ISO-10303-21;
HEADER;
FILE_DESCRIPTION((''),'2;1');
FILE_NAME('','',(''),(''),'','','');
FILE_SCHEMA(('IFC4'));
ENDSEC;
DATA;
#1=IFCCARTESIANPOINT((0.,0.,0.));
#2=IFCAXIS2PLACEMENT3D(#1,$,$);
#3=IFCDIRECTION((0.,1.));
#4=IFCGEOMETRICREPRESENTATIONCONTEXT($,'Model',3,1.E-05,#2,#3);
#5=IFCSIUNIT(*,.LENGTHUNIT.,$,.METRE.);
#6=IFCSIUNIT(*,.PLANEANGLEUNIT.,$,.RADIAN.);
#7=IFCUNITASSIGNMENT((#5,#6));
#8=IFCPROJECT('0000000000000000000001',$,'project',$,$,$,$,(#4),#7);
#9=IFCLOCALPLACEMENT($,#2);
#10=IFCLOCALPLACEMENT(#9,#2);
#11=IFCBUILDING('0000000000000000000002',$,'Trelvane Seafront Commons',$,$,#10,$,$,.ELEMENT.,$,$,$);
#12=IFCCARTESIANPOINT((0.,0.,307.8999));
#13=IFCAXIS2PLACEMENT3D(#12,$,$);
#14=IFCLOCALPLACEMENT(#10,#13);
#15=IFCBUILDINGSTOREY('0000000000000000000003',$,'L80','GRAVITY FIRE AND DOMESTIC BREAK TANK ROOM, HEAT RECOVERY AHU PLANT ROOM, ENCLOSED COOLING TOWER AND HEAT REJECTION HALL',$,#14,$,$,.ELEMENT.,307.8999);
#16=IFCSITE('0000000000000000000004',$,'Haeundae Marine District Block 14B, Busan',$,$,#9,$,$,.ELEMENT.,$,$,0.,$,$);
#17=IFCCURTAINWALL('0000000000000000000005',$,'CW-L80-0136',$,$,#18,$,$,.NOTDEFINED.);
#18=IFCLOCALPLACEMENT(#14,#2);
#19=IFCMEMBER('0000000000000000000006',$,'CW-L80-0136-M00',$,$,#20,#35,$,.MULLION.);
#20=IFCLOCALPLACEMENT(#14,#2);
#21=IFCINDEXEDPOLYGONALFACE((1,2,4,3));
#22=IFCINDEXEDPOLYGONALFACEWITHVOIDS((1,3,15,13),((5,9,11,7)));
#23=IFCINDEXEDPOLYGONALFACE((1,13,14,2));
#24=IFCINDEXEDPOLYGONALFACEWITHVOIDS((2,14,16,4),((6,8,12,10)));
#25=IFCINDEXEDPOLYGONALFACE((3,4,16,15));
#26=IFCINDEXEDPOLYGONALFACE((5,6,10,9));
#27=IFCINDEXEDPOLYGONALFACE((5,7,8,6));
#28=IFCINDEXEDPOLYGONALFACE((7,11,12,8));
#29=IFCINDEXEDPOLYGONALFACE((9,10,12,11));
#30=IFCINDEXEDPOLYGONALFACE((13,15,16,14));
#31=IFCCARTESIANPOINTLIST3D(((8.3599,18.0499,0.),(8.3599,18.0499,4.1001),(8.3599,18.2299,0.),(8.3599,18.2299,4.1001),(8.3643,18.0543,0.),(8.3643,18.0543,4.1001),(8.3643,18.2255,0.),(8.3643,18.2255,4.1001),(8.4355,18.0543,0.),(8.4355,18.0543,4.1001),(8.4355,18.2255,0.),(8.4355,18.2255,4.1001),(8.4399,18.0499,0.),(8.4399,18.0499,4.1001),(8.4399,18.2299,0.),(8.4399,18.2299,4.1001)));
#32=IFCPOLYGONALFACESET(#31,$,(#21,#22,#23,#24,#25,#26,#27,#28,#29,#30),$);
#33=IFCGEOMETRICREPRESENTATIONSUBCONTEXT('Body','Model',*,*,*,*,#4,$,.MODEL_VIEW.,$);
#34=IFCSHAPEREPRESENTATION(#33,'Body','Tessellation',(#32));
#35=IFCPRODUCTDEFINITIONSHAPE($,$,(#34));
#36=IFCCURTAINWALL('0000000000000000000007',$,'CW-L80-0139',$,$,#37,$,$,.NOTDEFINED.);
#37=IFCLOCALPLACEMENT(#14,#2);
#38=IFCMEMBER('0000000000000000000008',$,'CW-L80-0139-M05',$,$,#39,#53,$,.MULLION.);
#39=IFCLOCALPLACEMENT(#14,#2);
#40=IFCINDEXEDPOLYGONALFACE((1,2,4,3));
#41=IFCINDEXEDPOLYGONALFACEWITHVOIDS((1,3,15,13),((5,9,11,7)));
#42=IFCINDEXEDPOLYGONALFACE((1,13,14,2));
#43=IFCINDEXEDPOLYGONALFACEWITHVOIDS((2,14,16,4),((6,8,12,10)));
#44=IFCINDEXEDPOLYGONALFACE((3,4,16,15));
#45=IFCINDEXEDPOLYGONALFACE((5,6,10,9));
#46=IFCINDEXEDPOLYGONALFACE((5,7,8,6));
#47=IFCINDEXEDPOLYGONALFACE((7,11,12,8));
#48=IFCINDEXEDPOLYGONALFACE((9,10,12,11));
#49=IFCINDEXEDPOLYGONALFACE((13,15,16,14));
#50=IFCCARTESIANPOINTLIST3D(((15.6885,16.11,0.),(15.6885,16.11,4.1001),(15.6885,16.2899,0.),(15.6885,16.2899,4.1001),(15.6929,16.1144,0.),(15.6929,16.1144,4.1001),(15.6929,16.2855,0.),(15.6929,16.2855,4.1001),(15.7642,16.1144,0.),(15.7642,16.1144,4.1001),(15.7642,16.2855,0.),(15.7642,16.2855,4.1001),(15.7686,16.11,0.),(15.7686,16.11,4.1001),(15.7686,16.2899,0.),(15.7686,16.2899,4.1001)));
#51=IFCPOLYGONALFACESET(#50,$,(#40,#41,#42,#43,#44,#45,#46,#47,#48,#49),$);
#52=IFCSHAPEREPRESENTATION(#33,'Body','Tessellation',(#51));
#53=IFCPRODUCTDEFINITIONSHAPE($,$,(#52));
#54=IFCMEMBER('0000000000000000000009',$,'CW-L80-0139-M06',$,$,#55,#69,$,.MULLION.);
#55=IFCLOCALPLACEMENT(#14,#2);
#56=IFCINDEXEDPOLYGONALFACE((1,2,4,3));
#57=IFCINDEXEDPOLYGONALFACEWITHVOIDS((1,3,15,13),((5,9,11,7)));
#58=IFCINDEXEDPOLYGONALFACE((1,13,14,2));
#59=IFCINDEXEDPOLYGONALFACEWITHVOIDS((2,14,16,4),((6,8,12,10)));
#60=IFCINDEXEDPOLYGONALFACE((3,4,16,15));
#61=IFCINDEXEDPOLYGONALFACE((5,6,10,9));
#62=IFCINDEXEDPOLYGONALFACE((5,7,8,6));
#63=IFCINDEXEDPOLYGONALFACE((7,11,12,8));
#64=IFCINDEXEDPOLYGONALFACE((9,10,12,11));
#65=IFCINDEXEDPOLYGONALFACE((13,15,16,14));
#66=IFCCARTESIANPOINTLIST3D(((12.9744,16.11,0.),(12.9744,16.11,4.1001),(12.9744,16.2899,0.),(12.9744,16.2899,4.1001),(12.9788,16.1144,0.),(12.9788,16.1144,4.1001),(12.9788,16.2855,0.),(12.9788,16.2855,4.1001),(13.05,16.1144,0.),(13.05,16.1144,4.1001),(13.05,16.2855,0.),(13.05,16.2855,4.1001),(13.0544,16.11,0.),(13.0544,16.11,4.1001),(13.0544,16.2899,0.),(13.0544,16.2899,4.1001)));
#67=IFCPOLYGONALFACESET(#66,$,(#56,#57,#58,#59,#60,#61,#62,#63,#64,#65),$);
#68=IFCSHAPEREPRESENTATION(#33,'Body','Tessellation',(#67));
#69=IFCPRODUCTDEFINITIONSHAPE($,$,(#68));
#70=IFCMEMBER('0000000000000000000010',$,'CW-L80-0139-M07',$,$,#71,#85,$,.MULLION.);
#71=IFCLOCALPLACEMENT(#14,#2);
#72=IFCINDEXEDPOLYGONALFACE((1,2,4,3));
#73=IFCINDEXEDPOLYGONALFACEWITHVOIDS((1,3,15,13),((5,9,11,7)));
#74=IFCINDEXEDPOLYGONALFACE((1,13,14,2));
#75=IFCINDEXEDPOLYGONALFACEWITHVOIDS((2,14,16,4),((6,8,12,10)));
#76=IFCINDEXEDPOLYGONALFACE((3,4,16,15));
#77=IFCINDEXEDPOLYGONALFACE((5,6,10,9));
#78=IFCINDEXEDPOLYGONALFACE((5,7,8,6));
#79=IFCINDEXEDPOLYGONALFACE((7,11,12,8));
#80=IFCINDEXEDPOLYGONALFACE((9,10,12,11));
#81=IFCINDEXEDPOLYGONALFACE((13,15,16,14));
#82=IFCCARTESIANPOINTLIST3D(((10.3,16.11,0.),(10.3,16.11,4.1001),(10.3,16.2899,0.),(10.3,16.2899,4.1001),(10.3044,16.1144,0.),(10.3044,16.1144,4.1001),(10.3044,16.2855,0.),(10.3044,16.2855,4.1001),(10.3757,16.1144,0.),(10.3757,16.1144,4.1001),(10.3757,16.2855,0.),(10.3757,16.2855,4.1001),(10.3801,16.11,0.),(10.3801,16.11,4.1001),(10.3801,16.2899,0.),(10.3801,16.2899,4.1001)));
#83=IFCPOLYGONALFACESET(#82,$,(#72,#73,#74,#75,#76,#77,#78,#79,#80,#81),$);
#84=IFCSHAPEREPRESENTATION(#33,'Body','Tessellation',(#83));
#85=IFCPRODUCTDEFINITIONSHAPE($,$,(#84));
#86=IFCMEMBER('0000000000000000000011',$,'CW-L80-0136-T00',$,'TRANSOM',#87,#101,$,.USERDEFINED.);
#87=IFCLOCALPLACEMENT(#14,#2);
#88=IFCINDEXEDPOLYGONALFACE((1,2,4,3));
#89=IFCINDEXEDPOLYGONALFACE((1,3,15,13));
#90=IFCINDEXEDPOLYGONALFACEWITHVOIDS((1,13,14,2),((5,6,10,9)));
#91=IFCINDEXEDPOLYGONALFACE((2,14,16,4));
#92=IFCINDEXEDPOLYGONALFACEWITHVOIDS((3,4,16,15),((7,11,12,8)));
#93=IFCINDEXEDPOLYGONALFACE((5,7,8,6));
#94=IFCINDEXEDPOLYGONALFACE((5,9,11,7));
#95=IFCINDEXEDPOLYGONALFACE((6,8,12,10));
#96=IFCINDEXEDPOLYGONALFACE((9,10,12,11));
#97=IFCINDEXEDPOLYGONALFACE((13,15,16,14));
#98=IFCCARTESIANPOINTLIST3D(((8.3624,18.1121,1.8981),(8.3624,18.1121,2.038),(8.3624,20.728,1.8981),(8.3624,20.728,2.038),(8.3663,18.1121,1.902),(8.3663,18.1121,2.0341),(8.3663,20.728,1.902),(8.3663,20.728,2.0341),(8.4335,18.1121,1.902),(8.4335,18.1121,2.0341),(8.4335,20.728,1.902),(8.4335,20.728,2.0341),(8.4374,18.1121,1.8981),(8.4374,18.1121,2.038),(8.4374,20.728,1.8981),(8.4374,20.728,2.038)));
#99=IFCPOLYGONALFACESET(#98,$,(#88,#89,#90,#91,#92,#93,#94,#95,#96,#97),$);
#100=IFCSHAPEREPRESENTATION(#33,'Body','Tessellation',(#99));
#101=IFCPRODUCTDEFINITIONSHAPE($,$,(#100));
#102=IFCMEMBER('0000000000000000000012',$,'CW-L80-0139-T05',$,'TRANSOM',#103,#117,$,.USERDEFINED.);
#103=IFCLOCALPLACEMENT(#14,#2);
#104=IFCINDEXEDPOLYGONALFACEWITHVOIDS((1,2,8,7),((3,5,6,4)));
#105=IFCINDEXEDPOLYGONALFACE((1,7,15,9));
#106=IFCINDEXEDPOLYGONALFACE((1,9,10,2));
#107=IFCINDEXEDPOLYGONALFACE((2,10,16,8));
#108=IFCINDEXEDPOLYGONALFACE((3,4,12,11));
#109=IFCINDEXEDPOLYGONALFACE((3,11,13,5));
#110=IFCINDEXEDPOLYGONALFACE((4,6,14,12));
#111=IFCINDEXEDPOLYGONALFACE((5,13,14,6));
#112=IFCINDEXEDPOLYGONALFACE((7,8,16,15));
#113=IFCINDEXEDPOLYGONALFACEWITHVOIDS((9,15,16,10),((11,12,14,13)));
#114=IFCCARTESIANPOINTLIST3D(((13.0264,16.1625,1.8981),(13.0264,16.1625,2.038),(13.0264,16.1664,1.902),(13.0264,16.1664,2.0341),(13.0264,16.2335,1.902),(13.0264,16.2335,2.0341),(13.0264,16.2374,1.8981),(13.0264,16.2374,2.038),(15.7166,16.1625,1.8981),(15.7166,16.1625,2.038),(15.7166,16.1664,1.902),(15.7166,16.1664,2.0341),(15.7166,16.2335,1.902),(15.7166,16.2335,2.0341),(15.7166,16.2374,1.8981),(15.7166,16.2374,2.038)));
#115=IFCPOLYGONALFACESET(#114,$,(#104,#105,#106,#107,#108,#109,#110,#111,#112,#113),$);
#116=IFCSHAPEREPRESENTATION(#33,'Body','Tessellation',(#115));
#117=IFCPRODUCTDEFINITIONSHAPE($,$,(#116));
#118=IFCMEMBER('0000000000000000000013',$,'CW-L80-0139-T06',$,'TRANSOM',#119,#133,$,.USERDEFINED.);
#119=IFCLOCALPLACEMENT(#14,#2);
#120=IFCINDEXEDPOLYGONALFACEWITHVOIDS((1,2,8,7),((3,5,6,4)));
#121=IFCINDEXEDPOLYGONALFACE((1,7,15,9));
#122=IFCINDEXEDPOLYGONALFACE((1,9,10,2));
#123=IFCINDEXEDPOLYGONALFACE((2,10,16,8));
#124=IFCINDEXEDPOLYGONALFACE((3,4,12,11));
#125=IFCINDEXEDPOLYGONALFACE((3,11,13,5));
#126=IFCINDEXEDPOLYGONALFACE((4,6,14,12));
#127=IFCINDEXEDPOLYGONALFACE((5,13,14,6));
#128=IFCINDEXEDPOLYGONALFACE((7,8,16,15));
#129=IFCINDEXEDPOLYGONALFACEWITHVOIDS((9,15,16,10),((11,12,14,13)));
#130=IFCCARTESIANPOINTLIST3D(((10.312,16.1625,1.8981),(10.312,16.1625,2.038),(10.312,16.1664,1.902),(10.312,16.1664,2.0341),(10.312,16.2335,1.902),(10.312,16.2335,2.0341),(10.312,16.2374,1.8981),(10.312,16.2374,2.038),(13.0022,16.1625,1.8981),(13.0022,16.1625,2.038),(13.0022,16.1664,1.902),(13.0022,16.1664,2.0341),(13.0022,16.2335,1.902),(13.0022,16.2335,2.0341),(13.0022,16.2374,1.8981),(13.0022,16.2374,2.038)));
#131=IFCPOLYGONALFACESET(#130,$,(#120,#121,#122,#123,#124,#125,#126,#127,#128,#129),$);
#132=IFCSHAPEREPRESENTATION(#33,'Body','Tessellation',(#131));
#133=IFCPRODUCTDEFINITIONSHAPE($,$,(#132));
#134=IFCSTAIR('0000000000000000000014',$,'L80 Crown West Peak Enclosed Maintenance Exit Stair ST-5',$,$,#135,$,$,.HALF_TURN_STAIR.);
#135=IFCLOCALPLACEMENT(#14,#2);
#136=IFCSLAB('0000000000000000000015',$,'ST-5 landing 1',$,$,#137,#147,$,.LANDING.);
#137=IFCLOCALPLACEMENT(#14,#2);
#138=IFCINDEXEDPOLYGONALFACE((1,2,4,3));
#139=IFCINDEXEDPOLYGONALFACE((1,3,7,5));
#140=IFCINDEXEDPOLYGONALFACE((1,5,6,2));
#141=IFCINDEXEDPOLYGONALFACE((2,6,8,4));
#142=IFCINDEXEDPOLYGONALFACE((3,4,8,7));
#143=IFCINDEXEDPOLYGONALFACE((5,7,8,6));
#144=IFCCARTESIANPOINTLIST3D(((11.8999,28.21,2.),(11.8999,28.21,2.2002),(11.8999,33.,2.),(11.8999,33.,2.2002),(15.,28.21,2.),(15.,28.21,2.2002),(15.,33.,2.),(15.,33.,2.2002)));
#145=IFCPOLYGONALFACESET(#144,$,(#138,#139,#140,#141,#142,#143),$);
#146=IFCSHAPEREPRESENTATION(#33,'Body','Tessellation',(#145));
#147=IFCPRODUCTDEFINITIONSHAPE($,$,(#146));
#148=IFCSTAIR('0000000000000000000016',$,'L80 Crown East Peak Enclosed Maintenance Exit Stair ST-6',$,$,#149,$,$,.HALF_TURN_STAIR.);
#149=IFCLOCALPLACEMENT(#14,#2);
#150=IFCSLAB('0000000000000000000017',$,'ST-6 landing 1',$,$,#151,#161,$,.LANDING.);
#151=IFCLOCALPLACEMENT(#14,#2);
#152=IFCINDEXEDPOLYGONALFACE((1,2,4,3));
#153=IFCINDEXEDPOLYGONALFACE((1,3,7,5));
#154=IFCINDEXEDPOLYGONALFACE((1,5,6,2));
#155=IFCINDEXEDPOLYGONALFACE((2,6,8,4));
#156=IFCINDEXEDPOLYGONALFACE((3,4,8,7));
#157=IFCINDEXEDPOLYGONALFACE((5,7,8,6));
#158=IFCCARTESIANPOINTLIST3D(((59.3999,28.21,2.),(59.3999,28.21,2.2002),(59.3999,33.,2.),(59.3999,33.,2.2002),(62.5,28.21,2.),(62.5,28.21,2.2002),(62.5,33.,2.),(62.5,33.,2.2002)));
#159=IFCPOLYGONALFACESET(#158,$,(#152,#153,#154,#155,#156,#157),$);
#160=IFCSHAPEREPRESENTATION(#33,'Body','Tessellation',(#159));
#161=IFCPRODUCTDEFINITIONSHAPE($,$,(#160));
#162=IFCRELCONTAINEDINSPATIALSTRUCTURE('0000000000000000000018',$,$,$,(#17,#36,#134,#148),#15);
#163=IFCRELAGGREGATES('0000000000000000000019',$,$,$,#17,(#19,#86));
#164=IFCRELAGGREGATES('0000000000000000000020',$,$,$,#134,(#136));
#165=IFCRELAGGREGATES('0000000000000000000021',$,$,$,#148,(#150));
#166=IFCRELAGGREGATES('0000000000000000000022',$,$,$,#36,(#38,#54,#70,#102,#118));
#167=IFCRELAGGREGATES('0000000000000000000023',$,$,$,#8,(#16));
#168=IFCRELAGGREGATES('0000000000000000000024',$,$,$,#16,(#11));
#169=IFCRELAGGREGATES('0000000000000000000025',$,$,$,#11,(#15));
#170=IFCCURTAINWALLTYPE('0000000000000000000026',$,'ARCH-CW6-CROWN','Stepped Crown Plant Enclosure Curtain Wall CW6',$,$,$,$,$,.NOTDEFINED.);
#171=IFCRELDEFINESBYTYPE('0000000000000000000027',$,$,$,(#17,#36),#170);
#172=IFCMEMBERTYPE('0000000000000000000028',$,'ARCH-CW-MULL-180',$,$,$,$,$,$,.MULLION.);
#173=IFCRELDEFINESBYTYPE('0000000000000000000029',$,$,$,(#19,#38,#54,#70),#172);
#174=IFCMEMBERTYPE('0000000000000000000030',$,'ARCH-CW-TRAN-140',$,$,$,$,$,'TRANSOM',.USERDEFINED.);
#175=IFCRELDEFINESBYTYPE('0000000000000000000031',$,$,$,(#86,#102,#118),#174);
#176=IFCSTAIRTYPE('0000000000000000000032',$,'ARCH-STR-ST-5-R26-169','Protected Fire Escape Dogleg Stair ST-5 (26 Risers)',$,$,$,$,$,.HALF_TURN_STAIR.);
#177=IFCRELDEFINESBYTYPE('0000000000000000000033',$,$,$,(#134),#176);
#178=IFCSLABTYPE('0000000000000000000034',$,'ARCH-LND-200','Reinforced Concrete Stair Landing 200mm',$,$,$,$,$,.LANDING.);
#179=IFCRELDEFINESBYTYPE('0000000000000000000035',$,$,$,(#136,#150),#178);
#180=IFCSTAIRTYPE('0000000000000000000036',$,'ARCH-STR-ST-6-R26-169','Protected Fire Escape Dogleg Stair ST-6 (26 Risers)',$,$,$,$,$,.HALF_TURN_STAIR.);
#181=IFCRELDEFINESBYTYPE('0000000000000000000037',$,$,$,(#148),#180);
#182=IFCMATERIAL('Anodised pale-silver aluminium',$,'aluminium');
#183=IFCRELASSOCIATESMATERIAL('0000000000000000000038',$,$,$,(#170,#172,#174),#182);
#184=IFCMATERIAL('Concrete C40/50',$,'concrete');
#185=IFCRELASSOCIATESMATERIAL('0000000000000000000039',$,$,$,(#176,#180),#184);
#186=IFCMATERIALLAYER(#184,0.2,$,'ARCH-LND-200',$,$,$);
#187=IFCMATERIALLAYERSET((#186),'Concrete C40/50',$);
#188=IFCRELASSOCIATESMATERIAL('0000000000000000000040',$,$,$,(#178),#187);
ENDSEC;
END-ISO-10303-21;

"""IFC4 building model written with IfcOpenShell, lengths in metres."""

from ifc_helpers import new_model, si_unit, direction, frame, origin, origin_2d, place, context, subcontext, project, spatial, polyline, hollow_rectangle, outline, extrude, source, transform, mapped, material, layer, layer_set, material_profile, profile_set, type_object, element, aggregate, save


model = new_model("IFC4")

# Units and contexts
model_context = context("Model", 3, precision=1e-05, world=origin(), true_north=direction((0.0, 1.0)))
body_context = subcontext(model_context, "Body", "Model", "MODEL_VIEW")
ifc_project = project(units=[si_unit("LENGTHUNIT", "METRE"), si_unit("PLANEANGLEUNIT", "RADIAN")], contexts=[model_context])

# Site, building, storey
site_placement = place(None, origin())
site = spatial("IfcSite", under=ifc_project, at=site_placement, Name="Haeundae Marine District Block 14B, Busan", CompositionType="ELEMENT", RefElevation=0.0)
building_placement = place(site_placement, origin())
building = spatial("IfcBuilding", under=site, at=building_placement, Name="Trelvane Seafront Commons", CompositionType="ELEMENT")
storey_placement = place(building_placement, frame((0.0, 0.0, 307.8999)))
storey = spatial("IfcBuildingStorey", under=building, at=storey_placement, Name="L80", Description="GRAVITY FIRE AND DOMESTIC BREAK TANK ROOM, HEAT RECOVERY AHU PLANT ROOM, ENCLOSED COOLING TOWER AND HEAT REJECTION HALL", CompositionType="ELEMENT", Elevation=307.8999)

# Curtain wall, member
ifc_material_1 = material(Name="Anodised pale-silver aluminium", Category="aluminium")
curtain_wall_type = type_object("IfcCurtainWallType", Name="ARCH-CW6-CROWN", Description="Stepped Crown Plant Enclosure Curtain Wall CW6", PredefinedType="NOTDEFINED", material=ifc_material_1)
curtain_wall_1_placement = place(storey_placement, origin())
curtain_wall_1 = element("IfcCurtainWall", 1, at=curtain_wall_1_placement, inside=storey, type_object=curtain_wall_type, Name="CW-L80-0136", PredefinedType="NOTDEFINED")
ifc_material_profile_1 = material_profile(ifc_material_1, hollow_rectangle(XDim=0.0801, YDim=0.1799, WallThickness=0.0044, at=origin_2d()), Name="MULL-80x180x4.5")
ifc_profile_set_1 = profile_set([ifc_material_profile_1], Name="Anodised pale-silver aluminium")
member_type_1 = type_object("IfcMemberType", Name="ARCH-CW-MULL-180", PredefinedType="MULLION", material=ifc_profile_set_1)
shared_shape_1 = source(origin(), body_context, "Body", "SweptSolid", [
    extrude(hollow_rectangle(XDim=0.0801, YDim=0.1799, WallThickness=0.0044, at=origin_2d()), origin(), (0.0, 0.0, 1.0), 4.1001),
])
member_1_placement = place(storey_placement, frame((8.3999, 18.1399, 0.0), z_axis=(0.0, 0.0, 1.0), x_axis=(1.0, 0.0, 0.0)))
member_1 = element("IfcMember", 2, at=member_1_placement, type_object=member_type_1, Name="CW-L80-0136-M00", PredefinedType="MULLION", context=body_context, shape_type="MappedRepresentation", body=[
    mapped(shared_shape_1, transform((0.0, 0.0, 0.0), x_axis=(1.0, 0.0, 0.0), y_axis=(0.0, 1.0, 0.0), z_axis=(0.0, 0.0, 1.0), scale=1.0)),
])

# Curtain wall, members
curtain_wall_2_placement = place(storey_placement, origin())
curtain_wall_2 = element("IfcCurtainWall", 3, at=curtain_wall_2_placement, inside=storey, type_object=curtain_wall_type, Name="CW-L80-0139", PredefinedType="NOTDEFINED")
member_2_placement = place(storey_placement, frame((15.7285, 16.2, 0.0), z_axis=(0.0, 0.0, 1.0), x_axis=(1.0, 0.0, 0.0)))
member_2 = element("IfcMember", 4, at=member_2_placement, type_object=member_type_1, Name="CW-L80-0139-M05", PredefinedType="MULLION", context=body_context, shape_type="MappedRepresentation", body=[
    mapped(shared_shape_1, transform((0.0, 0.0, 0.0), x_axis=(1.0, 0.0, 0.0), y_axis=(0.0, 1.0, 0.0), z_axis=(0.0, 0.0, 1.0), scale=1.0)),
])
member_3_placement = place(storey_placement, frame((13.0144, 16.2, 0.0), z_axis=(0.0, 0.0, 1.0), x_axis=(1.0, 0.0, 0.0)))
member_3 = element("IfcMember", 5, at=member_3_placement, type_object=member_type_1, Name="CW-L80-0139-M06", PredefinedType="MULLION", context=body_context, shape_type="MappedRepresentation", body=[
    mapped(shared_shape_1, transform((0.0, 0.0, 0.0), x_axis=(1.0, 0.0, 0.0), y_axis=(0.0, 1.0, 0.0), z_axis=(0.0, 0.0, 1.0), scale=1.0)),
])
member_4_placement = place(storey_placement, frame((10.3401, 16.2, 0.0), z_axis=(0.0, 0.0, 1.0), x_axis=(1.0, 0.0, 0.0)))
member_4 = element("IfcMember", 6, at=member_4_placement, type_object=member_type_1, Name="CW-L80-0139-M07", PredefinedType="MULLION", context=body_context, shape_type="MappedRepresentation", body=[
    mapped(shared_shape_1, transform((0.0, 0.0, 0.0), x_axis=(1.0, 0.0, 0.0), y_axis=(0.0, 1.0, 0.0), z_axis=(0.0, 0.0, 1.0), scale=1.0)),
])

# Members
ifc_material_profile_2 = material_profile(ifc_material_1, hollow_rectangle(XDim=0.075, YDim=0.1399, WallThickness=0.0039, at=origin_2d()), Name="TRAN-75x140x4")
ifc_profile_set_2 = profile_set([ifc_material_profile_2], Name="Anodised pale-silver aluminium")
member_type_2 = type_object("IfcMemberType", Name="ARCH-CW-TRAN-140", ElementType="TRANSOM", PredefinedType="USERDEFINED", material=ifc_profile_set_2)
shared_shape_2 = source(origin(), body_context, "Body", "SweptSolid", [
    extrude(hollow_rectangle(XDim=0.075, YDim=0.1399, WallThickness=0.0039, at=origin_2d()), origin(), (0.0, 0.0, 1.0), 2.616),
])
member_5_placement = place(storey_placement, frame((8.3999, 18.1121, 1.968), z_axis=(0.0, 1.0, 0.0), x_axis=(-1.0, 0.0, 0.0)))
member_5 = element("IfcMember", 7, at=member_5_placement, type_object=member_type_2, Name="CW-L80-0136-T00", ObjectType="TRANSOM", PredefinedType="USERDEFINED", context=body_context, shape_type="MappedRepresentation", body=[
    mapped(shared_shape_2, transform((0.0, 0.0, 0.0), x_axis=(1.0, 0.0, 0.0), y_axis=(0.0, 1.0, 0.0), z_axis=(0.0, 0.0, 1.0), scale=1.0)),
])
aggregate(curtain_wall_1, [member_1, member_5])
shared_shape_3 = source(origin(), body_context, "Body", "SweptSolid", [
    extrude(hollow_rectangle(XDim=0.075, YDim=0.1399, WallThickness=0.0039, at=origin_2d()), origin(), (0.0, 0.0, 1.0), 2.6902),
])
member_6_placement = place(storey_placement, frame((15.7166, 16.2, 1.968), z_axis=(-1.0, 0.0, 0.0), x_axis=(0.0, -1.0, 0.0)))
member_6 = element("IfcMember", 8, at=member_6_placement, type_object=member_type_2, Name="CW-L80-0139-T05", ObjectType="TRANSOM", PredefinedType="USERDEFINED", context=body_context, shape_type="MappedRepresentation", body=[
    mapped(shared_shape_3, transform((0.0, 0.0, 0.0), x_axis=(1.0, 0.0, 0.0), y_axis=(0.0, 1.0, 0.0), z_axis=(0.0, 0.0, 1.0), scale=1.0)),
])
member_7_placement = place(storey_placement, frame((13.0022, 16.2, 1.968), z_axis=(-1.0, 0.0, 0.0), x_axis=(0.0, -1.0, 0.0)))
member_7 = element("IfcMember", 9, at=member_7_placement, type_object=member_type_2, Name="CW-L80-0139-T06", ObjectType="TRANSOM", PredefinedType="USERDEFINED", context=body_context, shape_type="MappedRepresentation", body=[
    mapped(shared_shape_3, transform((0.0, 0.0, 0.0), x_axis=(1.0, 0.0, 0.0), y_axis=(0.0, 1.0, 0.0), z_axis=(0.0, 0.0, 1.0), scale=1.0)),
])

# Stairs, slabs
ifc_material_2 = material(Name="Concrete C40/50", Category="concrete")
stair_type_1 = type_object("IfcStairType", Name="ARCH-STR-ST-5-R26-169", Description="Protected Fire Escape Dogleg Stair ST-5 (26 Risers)", PredefinedType="HALF_TURN_STAIR", material=ifc_material_2)
stair_1_placement = place(storey_placement, origin())
stair_1 = element("IfcStair", 10, at=stair_1_placement, inside=storey, type_object=stair_type_1, Name="L80 Crown West Peak Enclosed Maintenance Exit Stair ST-5", PredefinedType="HALF_TURN_STAIR")
ifc_layer_1 = layer(ifc_material_2, 0.2, Name="ARCH-LND-200")
ifc_layer_set_1 = layer_set([ifc_layer_1], Name="Concrete C40/50")
slab_type_1 = type_object("IfcSlabType", Name="ARCH-LND-200", Description="Reinforced Concrete Stair Landing 200mm", PredefinedType="LANDING", material=ifc_layer_set_1)
slab_1_placement = place(storey_placement, frame((0.0, 0.0, 2.0)))
slab_1 = element("IfcSlab", 11, at=slab_1_placement, type_object=slab_type_1, Name="ST-5 landing 1", PredefinedType="LANDING", context=body_context, shape_type="SweptSolid", body=[
    extrude(outline(polyline([(15.0, 28.21), (15.0, 33.0), (11.8999, 33.0), (11.8999, 28.21), (15.0, 28.21)])), origin(), (0.0, 0.0, 1.0), 0.2002),
])
aggregate(stair_1, [slab_1])
stair_type_2 = type_object("IfcStairType", Name="ARCH-STR-ST-6-R26-169", Description="Protected Fire Escape Dogleg Stair ST-6 (26 Risers)", PredefinedType="HALF_TURN_STAIR", material=ifc_material_2)
stair_2_placement = place(storey_placement, origin())
stair_2 = element("IfcStair", 12, at=stair_2_placement, inside=storey, type_object=stair_type_2, Name="L80 Crown East Peak Enclosed Maintenance Exit Stair ST-6", PredefinedType="HALF_TURN_STAIR")
slab_2_placement = place(storey_placement, frame((0.0, 0.0, 2.0)))
slab_2 = element("IfcSlab", 13, at=slab_2_placement, type_object=slab_type_1, Name="ST-6 landing 1", PredefinedType="LANDING", context=body_context, shape_type="SweptSolid", body=[
    extrude(outline(polyline([(62.5, 28.21), (62.5, 33.0), (59.3999, 33.0), (59.3999, 28.21), (62.5, 28.21)])), origin(), (0.0, 0.0, 1.0), 0.2002),
])
aggregate(stair_2, [slab_2])

aggregate(curtain_wall_2, [member_2, member_3, member_4, member_6, member_7])

save(model, "model.ifc")
